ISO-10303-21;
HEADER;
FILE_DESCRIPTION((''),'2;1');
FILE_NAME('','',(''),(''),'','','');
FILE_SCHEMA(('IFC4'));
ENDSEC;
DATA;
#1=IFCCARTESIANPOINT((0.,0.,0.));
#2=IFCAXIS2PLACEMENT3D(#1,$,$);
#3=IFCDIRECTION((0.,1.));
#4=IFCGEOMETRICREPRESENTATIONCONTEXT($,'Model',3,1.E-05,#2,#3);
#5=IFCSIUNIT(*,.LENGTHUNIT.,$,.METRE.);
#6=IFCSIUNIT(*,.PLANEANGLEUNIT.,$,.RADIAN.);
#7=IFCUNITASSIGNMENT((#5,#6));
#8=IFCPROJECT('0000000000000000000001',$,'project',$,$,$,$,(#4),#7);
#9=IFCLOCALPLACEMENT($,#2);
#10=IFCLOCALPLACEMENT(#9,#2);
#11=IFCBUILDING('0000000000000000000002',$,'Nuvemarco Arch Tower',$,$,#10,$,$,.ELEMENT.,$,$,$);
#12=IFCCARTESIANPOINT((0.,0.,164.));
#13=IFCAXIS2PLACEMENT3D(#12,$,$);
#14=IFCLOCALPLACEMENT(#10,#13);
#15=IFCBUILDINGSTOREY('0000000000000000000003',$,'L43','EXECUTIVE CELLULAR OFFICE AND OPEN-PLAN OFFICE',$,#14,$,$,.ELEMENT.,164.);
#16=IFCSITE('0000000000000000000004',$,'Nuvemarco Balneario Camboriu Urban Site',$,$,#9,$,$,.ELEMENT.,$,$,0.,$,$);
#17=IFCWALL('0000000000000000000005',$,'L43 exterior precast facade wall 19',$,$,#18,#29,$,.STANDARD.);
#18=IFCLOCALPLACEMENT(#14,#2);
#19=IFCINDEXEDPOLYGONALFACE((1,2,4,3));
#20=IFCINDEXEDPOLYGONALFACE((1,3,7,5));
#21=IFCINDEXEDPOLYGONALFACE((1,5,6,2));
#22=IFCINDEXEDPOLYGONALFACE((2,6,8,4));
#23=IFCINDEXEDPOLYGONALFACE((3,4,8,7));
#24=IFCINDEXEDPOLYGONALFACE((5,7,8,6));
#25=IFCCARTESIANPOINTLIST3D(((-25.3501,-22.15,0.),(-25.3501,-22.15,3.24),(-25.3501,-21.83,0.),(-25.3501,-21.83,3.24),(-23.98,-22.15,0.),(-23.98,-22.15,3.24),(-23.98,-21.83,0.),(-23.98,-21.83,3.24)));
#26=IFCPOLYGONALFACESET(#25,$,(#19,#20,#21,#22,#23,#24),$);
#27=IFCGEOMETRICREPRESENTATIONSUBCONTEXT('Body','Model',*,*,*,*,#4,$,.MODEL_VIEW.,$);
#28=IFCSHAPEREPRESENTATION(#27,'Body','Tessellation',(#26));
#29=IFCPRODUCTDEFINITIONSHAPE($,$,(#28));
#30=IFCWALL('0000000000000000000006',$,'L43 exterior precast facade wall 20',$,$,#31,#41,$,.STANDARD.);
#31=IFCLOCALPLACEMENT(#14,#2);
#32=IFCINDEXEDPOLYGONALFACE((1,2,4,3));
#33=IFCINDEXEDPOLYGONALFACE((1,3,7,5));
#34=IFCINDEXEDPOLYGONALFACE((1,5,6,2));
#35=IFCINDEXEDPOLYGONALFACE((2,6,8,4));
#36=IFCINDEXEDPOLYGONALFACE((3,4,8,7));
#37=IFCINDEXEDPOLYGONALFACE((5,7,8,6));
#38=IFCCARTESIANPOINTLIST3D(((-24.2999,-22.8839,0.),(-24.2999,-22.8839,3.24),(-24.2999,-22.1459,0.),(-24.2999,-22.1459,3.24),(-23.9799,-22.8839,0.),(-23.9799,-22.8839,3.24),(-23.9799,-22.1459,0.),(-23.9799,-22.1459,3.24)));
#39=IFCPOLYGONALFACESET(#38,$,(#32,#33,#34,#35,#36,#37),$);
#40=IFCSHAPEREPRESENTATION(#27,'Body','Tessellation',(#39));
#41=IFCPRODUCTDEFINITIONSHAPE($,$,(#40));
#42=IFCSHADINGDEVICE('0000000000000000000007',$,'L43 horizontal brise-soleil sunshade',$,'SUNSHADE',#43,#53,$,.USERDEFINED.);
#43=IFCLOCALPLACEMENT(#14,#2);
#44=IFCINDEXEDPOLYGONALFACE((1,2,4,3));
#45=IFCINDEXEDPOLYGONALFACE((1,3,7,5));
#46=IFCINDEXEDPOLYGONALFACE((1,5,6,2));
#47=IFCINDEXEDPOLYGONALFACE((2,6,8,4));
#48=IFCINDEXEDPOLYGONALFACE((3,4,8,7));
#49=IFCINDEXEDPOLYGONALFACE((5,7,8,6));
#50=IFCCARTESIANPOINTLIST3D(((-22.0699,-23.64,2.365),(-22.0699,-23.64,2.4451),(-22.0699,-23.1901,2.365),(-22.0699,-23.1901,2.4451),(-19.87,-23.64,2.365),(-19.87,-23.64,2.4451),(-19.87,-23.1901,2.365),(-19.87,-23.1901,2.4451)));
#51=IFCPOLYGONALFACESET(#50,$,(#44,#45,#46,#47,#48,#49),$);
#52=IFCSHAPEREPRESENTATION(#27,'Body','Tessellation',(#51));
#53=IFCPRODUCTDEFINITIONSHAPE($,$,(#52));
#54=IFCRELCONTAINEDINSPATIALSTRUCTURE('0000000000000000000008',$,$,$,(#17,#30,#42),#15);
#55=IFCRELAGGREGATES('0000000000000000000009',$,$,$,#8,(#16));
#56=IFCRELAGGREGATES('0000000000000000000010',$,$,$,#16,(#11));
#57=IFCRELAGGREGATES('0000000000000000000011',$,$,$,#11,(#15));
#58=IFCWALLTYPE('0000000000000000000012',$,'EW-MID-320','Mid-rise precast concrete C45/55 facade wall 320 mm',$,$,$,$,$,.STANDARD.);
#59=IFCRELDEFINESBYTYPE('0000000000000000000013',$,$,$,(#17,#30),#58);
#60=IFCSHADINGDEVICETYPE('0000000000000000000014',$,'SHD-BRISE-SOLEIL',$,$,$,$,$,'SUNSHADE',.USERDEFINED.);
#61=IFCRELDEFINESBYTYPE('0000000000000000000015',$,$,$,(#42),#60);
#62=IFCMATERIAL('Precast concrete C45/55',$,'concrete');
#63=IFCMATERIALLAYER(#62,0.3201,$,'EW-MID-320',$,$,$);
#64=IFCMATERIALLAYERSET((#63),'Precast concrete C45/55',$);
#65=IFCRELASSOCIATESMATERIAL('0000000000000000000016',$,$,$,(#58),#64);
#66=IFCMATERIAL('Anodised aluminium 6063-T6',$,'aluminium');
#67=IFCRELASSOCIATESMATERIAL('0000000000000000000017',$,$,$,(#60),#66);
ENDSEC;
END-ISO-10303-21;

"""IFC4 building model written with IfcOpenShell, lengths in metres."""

from ifc_helpers import new_model, si_unit, direction, frame, frame_2d, origin, origin_2d, place, context, subcontext, project, spatial, rectangle, extrude, source, transform, mapped, material, layer, layer_set, type_object, type_shapes, element, save


model = new_model("IFC4")

# Units and contexts
model_context = context("Model", 3, precision=1e-05, world=origin(), true_north=direction((0.0, 1.0)))
body_context = subcontext(model_context, "Body", "Model", "MODEL_VIEW")
ifc_project = project(units=[si_unit("LENGTHUNIT", "METRE"), si_unit("PLANEANGLEUNIT", "RADIAN")], contexts=[model_context])

# Site, building, storey
site_placement = place(None, origin())
site = spatial("IfcSite", under=ifc_project, at=site_placement, Name="Nuvemarco Balneario Camboriu Urban Site", CompositionType="ELEMENT", RefElevation=0.0)
building_placement = place(site_placement, origin())
building = spatial("IfcBuilding", under=site, at=building_placement, Name="Nuvemarco Arch Tower", CompositionType="ELEMENT")
storey_placement = place(building_placement, frame((0.0, 0.0, 164.0)))
storey = spatial("IfcBuildingStorey", under=building, at=storey_placement, Name="L43", Description="EXECUTIVE CELLULAR OFFICE AND OPEN-PLAN OFFICE", CompositionType="ELEMENT", Elevation=164.0)

# Shared definitions
ifc_material_1 = material(Name="Precast concrete C45/55", Category="concrete")
ifc_layer = layer(ifc_material_1, 0.3201, Name="EW-MID-320")
ifc_layer_set = layer_set([ifc_layer], Name="Precast concrete C45/55")
wall_type = type_object("IfcWallType", Name="EW-MID-320", Description="Mid-rise precast concrete C45/55 facade wall 320 mm", PredefinedType="STANDARD", material=ifc_layer_set)

# Walls
wall_1_placement = place(storey_placement, frame((-25.3501, -21.99, 0.0), z_axis=(0.0, 0.0, 1.0), x_axis=(1.0, 0.0, 0.0)))
element("IfcWall", 1, at=wall_1_placement, inside=storey, type_object=wall_type, Name="L43 exterior precast facade wall 19", PredefinedType="STANDARD", context=body_context, shape_type="SweptSolid", body=[
    extrude(rectangle(XDim=1.3701, YDim=0.3201, at=frame_2d((0.6851, 0.0))), origin(), (0.0, 0.0, 1.0), 3.24),
])
wall_2_placement = place(storey_placement, frame((-24.1399, -22.884, 0.0), z_axis=(0.0, 0.0, 1.0), x_axis=(0.0, 1.0, 0.0)))
element("IfcWall", 2, at=wall_2_placement, inside=storey, type_object=wall_type, Name="L43 exterior precast facade wall 20", PredefinedType="STANDARD", context=body_context, shape_type="SweptSolid", body=[
    extrude(rectangle(XDim=0.738, YDim=0.3201, at=frame_2d((0.3691, 0.0))), origin(), (0.0, 0.0, 1.0), 3.24),
])

# Shading device
ifc_material_2 = material(Name="Anodised aluminium 6063-T6", Category="aluminium")
shading_device_type = type_object("IfcShadingDeviceType", Name="SHD-BRISE-SOLEIL", ElementType="SUNSHADE", PredefinedType="USERDEFINED", material=ifc_material_2)
shared_shape_1 = source(origin(), body_context, "Body", "SweptSolid", [
    extrude(rectangle(XDim=2.2, YDim=0.45, at=origin_2d()), origin(), (0.0, 0.0, 1.0), 0.0801),
])
type_shapes(shading_device_type, [shared_shape_1])
shading_device_placement = place(storey_placement, frame((-20.97, -23.415, 2.365), z_axis=(0.0, 0.0, 1.0), x_axis=(1.0, 0.0, 0.0)))
element("IfcShadingDevice", 3, at=shading_device_placement, inside=storey, type_object=shading_device_type, Name="L43 horizontal brise-soleil sunshade", ObjectType="SUNSHADE", PredefinedType="USERDEFINED", context=body_context, shape_type="MappedRepresentation", body=[
    mapped(shared_shape_1, transform((0.0, 0.0, 0.0), scale=1.0)),
])

save(model, "model.ifc")
